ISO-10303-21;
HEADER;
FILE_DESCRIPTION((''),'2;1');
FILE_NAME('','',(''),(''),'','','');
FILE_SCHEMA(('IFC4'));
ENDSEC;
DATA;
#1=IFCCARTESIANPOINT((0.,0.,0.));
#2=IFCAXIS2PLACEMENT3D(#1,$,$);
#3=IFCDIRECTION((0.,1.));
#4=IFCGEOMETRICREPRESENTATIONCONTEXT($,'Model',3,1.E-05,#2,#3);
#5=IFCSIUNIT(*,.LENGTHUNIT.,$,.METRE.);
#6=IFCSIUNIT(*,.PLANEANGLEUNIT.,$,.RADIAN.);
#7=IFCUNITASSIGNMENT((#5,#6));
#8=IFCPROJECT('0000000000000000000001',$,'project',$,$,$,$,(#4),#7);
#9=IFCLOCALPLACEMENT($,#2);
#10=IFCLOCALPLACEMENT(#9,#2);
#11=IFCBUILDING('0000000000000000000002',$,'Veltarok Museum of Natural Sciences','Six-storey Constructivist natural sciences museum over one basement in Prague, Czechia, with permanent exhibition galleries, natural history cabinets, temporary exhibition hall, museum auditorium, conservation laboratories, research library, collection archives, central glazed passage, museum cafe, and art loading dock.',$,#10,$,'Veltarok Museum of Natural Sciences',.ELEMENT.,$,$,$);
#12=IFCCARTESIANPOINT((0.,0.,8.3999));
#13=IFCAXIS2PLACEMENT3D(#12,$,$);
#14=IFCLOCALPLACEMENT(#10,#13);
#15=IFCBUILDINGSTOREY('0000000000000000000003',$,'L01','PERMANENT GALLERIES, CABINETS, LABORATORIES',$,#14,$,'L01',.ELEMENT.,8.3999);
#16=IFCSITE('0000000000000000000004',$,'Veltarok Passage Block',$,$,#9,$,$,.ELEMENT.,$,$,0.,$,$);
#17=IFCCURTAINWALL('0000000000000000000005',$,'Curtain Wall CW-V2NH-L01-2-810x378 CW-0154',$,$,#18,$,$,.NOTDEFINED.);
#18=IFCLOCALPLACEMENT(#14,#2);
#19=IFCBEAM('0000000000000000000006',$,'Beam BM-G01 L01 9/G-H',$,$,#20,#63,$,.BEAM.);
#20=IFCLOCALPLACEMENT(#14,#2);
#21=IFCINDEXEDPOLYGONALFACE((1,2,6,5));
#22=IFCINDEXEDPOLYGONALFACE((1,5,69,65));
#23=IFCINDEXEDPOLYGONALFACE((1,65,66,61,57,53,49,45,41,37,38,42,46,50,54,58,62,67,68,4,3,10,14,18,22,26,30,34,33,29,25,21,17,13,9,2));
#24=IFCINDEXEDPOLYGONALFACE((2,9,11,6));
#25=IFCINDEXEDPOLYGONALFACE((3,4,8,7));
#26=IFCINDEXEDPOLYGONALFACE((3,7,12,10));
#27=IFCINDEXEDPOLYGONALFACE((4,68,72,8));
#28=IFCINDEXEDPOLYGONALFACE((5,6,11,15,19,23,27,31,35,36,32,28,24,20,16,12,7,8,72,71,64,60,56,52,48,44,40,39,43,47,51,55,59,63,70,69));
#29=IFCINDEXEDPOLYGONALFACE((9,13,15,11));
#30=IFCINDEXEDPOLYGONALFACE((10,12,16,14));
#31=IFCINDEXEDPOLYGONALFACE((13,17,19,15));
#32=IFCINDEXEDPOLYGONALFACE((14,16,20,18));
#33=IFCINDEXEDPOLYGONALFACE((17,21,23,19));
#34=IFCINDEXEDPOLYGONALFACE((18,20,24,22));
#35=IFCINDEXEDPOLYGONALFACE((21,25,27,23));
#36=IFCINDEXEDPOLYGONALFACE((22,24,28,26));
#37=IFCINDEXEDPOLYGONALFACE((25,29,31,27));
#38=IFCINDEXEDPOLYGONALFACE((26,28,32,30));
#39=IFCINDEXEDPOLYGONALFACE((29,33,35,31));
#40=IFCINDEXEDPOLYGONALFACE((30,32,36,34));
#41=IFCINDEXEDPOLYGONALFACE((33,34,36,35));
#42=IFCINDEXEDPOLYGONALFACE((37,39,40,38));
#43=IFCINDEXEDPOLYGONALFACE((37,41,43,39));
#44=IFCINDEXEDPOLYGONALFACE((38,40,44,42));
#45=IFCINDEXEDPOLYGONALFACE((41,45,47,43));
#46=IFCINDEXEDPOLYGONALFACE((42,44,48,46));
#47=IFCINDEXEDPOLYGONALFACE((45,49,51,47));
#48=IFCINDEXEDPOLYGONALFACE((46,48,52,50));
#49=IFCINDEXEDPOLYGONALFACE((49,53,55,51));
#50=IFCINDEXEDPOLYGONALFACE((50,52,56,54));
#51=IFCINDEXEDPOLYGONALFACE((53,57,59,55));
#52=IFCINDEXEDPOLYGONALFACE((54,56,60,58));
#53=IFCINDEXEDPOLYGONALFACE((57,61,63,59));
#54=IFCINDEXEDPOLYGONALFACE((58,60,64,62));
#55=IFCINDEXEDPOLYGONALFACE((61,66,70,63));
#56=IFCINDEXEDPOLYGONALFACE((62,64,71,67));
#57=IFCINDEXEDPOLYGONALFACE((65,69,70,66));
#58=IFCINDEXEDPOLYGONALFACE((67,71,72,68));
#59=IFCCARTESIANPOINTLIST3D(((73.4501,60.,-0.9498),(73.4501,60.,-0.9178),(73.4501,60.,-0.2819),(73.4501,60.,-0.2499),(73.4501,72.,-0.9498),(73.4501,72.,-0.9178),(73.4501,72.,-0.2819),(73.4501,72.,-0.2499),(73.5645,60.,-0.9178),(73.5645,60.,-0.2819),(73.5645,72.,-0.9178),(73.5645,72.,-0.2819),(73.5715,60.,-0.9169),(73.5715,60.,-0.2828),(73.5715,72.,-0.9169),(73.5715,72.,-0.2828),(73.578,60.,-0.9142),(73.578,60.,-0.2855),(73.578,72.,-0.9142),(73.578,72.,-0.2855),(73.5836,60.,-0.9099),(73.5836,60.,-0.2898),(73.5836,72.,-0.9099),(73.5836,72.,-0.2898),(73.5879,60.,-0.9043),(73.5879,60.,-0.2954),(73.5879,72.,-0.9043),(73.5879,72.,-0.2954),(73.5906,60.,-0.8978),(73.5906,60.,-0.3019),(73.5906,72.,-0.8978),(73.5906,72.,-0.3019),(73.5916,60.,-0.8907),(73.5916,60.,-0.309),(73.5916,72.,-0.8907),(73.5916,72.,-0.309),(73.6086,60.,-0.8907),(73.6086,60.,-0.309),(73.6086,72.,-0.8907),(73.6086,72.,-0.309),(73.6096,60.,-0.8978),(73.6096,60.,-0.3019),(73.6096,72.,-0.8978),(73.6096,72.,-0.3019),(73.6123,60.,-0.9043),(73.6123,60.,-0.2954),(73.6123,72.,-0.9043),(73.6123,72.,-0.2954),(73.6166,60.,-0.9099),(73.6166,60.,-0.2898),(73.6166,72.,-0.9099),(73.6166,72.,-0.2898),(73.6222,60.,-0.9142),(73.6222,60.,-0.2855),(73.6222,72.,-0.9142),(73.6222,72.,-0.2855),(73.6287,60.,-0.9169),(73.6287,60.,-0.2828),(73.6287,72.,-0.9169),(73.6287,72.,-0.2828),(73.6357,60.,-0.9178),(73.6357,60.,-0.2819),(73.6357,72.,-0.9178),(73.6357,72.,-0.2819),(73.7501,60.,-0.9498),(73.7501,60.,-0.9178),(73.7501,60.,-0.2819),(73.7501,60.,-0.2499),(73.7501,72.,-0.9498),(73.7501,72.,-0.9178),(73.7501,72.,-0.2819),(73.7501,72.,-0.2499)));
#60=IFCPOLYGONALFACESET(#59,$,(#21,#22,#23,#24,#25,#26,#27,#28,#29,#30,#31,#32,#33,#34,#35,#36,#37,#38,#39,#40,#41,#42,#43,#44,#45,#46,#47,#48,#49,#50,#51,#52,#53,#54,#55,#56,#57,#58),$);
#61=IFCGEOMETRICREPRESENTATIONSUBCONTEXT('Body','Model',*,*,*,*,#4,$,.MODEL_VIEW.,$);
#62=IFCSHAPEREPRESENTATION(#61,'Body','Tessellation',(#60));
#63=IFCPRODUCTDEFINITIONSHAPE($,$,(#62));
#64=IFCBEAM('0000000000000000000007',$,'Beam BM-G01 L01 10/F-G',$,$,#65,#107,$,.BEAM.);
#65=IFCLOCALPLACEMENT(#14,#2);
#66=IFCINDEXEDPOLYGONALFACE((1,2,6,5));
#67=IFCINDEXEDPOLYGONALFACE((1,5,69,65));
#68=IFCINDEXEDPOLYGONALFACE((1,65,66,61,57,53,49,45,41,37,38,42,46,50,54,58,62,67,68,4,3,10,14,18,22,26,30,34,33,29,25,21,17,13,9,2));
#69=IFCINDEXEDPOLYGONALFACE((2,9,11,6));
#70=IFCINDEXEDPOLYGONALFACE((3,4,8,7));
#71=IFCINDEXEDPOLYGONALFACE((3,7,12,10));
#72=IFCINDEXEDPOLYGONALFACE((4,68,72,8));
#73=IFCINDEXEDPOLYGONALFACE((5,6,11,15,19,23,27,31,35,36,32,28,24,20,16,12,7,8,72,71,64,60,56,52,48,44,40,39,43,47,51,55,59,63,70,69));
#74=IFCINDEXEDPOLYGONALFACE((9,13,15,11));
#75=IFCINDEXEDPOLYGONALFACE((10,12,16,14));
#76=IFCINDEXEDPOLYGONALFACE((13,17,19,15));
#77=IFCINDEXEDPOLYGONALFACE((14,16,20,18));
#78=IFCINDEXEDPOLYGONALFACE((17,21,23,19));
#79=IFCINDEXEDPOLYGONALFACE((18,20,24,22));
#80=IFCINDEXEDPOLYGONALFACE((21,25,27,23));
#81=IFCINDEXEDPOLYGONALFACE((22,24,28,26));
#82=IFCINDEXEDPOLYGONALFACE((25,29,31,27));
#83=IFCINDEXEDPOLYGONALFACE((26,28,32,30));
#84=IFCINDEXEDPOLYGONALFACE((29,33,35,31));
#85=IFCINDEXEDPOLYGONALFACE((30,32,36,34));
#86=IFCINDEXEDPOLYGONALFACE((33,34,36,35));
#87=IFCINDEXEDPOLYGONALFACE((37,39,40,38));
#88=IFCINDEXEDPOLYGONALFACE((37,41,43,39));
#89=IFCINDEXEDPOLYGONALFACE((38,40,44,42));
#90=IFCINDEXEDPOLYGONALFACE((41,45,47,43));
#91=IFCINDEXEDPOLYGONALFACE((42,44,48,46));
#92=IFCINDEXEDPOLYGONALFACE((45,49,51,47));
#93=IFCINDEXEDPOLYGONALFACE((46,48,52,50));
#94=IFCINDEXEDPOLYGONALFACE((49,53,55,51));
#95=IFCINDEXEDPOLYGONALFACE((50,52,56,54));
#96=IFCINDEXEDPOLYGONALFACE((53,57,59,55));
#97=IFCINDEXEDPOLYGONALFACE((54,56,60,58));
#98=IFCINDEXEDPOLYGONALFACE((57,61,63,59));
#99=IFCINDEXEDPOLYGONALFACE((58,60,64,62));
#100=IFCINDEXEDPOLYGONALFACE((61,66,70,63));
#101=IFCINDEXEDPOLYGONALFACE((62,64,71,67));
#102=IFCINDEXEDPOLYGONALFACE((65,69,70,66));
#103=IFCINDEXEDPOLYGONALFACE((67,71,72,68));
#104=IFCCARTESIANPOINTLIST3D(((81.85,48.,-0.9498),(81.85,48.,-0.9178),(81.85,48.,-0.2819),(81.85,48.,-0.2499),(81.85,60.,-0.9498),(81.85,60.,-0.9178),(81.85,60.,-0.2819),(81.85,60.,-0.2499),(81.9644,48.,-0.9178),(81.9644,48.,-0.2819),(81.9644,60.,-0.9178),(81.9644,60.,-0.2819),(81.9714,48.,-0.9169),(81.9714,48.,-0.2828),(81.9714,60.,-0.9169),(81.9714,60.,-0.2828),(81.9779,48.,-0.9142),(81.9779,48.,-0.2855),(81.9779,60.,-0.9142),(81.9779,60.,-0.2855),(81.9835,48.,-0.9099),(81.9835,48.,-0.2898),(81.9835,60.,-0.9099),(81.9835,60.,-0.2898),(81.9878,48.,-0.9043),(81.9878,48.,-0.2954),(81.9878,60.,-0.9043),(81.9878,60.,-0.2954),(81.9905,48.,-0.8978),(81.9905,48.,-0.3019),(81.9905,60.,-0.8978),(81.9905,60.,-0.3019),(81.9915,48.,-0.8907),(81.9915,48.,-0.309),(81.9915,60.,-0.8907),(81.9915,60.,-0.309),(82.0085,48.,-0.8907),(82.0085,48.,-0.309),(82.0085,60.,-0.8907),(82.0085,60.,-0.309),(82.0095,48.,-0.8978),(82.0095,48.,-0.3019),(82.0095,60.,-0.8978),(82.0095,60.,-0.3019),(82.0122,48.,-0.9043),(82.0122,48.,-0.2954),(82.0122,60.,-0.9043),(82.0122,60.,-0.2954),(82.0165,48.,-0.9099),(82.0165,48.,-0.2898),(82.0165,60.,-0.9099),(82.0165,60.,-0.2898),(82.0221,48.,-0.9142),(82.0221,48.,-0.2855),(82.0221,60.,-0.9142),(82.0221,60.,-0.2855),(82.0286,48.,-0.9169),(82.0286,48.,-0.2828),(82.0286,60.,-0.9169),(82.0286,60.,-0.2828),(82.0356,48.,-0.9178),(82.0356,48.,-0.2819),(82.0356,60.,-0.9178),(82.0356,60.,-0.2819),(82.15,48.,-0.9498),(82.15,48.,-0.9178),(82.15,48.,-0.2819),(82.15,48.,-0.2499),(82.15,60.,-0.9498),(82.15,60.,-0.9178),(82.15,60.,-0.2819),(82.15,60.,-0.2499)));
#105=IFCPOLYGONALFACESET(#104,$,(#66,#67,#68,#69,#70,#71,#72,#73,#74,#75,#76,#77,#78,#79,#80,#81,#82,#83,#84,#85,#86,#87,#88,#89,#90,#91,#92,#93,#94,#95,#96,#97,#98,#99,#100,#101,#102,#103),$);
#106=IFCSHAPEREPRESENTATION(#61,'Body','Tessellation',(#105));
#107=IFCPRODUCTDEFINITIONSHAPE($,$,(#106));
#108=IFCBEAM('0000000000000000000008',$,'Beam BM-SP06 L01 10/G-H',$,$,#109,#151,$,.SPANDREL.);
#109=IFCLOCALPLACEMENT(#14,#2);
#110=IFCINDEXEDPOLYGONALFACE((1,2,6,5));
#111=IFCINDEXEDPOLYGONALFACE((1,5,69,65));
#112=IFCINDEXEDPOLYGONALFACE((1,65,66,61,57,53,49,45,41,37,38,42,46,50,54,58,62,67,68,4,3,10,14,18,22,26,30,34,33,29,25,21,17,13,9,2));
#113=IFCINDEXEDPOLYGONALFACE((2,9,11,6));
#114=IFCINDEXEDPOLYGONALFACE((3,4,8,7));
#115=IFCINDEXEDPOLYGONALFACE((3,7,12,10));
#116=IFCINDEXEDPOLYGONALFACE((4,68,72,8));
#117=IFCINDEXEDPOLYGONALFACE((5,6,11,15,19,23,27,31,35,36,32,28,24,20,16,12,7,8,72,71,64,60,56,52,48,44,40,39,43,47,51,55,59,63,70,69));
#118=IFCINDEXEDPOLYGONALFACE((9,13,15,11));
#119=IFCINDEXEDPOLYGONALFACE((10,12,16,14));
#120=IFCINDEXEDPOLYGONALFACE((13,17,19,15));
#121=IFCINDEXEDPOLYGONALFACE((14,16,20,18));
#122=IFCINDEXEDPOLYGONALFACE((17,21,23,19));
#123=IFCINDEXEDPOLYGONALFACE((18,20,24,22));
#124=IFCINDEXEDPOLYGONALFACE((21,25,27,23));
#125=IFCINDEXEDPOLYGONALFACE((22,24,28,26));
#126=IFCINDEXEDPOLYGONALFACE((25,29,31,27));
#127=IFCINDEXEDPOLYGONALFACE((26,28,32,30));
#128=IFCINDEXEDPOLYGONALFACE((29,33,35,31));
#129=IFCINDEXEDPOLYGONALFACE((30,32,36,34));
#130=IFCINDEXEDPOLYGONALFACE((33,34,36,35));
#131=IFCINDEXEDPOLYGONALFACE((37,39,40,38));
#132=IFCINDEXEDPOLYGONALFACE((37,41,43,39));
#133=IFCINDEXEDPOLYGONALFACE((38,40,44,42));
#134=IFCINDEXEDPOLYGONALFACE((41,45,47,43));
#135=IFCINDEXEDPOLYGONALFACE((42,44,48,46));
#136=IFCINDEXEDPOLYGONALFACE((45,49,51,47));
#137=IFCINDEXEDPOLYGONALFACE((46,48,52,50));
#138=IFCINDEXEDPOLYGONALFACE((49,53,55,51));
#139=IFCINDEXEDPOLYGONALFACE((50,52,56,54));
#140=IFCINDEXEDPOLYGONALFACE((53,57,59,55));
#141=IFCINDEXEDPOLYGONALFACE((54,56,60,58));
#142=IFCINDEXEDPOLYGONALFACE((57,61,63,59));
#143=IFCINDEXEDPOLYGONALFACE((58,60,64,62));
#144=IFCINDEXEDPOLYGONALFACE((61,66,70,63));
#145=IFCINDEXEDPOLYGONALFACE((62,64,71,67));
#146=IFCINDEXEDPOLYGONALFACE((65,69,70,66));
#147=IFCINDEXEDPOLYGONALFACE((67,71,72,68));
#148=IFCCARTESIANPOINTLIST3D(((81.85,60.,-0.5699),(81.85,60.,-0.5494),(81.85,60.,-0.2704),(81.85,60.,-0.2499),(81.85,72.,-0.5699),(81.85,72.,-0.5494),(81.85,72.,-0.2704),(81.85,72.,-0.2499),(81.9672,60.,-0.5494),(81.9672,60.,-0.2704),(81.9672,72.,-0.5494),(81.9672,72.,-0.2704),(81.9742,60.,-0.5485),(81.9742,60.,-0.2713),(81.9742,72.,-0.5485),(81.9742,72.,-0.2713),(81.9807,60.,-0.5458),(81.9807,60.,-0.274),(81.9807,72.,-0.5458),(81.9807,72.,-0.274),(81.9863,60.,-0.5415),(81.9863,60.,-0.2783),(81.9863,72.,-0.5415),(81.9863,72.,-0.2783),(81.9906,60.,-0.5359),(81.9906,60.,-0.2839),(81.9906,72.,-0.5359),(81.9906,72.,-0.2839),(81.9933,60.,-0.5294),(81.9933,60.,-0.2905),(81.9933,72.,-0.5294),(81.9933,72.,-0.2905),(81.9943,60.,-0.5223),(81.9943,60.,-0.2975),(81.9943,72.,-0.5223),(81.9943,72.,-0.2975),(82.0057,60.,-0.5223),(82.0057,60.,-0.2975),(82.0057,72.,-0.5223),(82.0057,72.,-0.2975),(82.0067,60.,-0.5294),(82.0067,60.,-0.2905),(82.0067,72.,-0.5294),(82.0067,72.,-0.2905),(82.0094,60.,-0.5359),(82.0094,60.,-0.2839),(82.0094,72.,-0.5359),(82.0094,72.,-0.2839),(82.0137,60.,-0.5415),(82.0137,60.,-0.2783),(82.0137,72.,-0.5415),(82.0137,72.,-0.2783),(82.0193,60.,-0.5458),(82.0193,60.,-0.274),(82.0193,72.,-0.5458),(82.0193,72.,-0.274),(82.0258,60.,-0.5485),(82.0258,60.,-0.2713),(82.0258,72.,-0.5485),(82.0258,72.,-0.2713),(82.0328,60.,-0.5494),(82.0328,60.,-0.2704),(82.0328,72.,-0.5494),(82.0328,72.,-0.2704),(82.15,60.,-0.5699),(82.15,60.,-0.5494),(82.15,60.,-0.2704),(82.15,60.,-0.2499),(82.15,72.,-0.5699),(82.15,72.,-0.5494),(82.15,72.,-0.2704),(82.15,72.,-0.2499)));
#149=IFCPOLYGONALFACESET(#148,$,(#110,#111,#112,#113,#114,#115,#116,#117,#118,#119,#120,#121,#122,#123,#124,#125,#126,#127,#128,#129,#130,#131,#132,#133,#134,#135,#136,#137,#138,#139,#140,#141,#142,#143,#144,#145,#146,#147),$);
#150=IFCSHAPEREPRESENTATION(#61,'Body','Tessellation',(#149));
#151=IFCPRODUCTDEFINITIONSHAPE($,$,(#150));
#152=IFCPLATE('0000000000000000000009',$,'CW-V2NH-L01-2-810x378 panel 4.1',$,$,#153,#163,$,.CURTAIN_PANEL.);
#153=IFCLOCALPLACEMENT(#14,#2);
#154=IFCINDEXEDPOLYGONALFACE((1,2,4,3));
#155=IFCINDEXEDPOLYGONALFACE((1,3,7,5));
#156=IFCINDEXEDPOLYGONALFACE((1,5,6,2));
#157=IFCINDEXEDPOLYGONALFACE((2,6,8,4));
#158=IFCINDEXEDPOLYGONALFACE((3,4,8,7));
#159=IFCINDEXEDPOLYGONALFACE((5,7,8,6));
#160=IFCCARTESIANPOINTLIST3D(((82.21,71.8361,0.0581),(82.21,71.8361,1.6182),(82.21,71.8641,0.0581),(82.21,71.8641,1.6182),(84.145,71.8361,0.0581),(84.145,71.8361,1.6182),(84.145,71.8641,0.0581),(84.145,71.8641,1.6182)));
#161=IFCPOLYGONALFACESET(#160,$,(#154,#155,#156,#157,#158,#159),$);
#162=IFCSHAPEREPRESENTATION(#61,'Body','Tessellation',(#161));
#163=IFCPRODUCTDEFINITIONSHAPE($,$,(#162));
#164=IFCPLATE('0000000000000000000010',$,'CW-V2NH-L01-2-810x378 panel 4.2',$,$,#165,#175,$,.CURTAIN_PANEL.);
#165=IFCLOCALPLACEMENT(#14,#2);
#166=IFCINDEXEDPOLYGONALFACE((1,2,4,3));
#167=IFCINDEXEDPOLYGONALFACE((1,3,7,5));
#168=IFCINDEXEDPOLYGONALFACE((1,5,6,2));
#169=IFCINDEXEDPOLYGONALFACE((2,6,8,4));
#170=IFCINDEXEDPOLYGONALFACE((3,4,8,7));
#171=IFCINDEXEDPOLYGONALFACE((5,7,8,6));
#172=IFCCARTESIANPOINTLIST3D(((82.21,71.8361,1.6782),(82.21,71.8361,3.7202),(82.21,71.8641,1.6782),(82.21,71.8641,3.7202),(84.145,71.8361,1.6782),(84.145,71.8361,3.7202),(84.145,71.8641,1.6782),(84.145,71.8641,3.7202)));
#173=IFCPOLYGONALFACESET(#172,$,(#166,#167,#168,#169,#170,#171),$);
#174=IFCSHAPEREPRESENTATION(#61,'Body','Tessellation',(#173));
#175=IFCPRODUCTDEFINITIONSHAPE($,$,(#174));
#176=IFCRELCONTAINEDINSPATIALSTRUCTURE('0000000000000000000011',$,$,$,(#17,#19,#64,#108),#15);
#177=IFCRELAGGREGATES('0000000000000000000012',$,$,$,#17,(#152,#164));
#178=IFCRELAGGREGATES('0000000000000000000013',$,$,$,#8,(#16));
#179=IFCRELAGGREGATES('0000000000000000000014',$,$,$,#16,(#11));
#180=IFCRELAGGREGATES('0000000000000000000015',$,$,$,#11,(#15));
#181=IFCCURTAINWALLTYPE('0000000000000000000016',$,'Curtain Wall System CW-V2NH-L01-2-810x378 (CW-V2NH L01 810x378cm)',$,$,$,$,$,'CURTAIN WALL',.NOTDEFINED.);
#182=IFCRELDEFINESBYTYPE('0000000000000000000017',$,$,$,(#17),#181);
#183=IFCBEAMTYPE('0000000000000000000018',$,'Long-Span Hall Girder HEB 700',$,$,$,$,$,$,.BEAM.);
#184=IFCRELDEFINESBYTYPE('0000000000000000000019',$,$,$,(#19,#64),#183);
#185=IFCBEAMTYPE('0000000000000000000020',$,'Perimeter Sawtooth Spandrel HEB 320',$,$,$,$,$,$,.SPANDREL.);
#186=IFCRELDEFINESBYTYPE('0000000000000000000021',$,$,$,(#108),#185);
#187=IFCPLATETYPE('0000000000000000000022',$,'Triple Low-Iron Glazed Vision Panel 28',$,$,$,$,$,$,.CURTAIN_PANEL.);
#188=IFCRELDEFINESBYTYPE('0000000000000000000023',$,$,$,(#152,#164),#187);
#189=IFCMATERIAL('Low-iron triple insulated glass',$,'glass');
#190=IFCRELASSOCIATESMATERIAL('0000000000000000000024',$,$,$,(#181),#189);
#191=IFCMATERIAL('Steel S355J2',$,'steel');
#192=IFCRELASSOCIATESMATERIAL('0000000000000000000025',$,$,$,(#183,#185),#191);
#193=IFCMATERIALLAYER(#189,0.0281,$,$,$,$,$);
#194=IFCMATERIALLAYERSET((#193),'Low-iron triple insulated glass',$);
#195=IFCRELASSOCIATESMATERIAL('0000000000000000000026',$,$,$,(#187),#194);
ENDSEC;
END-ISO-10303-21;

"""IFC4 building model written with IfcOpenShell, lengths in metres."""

from ifc_helpers import new_model, si_unit, direction, frame, origin, origin_2d, place, context, subcontext, project, spatial, rectangle, i_section, extrude, material, layer, layer_set, material_profile, profile_set, type_object, element, aggregate, save


model = new_model("IFC4")

# Units and contexts
model_context = context("Model", 3, precision=1e-05, world=origin(), true_north=direction((0.0, 1.0)))
body_context = subcontext(model_context, "Body", "Model", "MODEL_VIEW")
ifc_project = project(units=[si_unit("LENGTHUNIT", "METRE"), si_unit("PLANEANGLEUNIT", "RADIAN")], contexts=[model_context])

# Site, building, storey
site_placement = place(None, origin())
site = spatial("IfcSite", under=ifc_project, at=site_placement, Name="Veltarok Passage Block", CompositionType="ELEMENT", RefElevation=0.0)
building_placement = place(site_placement, origin())
building = spatial("IfcBuilding", under=site, at=building_placement, Name="Veltarok Museum of Natural Sciences", Description="Six-storey Constructivist natural sciences museum over one basement in Prague, Czechia, with permanent exhibition galleries, natural history cabinets, temporary exhibition hall, museum auditorium, conservation laboratories, research library, collection archives, central glazed passage, museum cafe, and art loading dock.", LongName="Veltarok Museum of Natural Sciences", CompositionType="ELEMENT")
storey_placement = place(building_placement, frame((0.0, 0.0, 8.3999)))
storey = spatial("IfcBuildingStorey", under=building, at=storey_placement, Name="L01", Description="PERMANENT GALLERIES, CABINETS, LABORATORIES", LongName="L01", CompositionType="ELEMENT", Elevation=8.3999)

# Shared definitions
ifc_material_1 = material(Name="Steel S355J2", Category="steel")

# Curtain wall
ifc_material_2 = material(Name="Low-iron triple insulated glass", Category="glass")
curtain_wall_type = type_object("IfcCurtainWallType", Name="Curtain Wall System CW-V2NH-L01-2-810x378 (CW-V2NH L01 810x378cm)", ElementType="CURTAIN WALL", PredefinedType="NOTDEFINED", material=ifc_material_2)
curtain_wall_placement = place(storey_placement, origin())
curtain_wall = element("IfcCurtainWall", 1, at=curtain_wall_placement, inside=storey, type_object=curtain_wall_type, Name="Curtain Wall CW-V2NH-L01-2-810x378 CW-0154", PredefinedType="NOTDEFINED")

# Beams
ifc_material_profile_1 = material_profile(ifc_material_1, i_section(OverallWidth=0.3, OverallDepth=0.7, WebThickness=0.0171, FlangeThickness=0.032, FilletRadius=0.0271, at=origin_2d()), Name="HEB 700")
ifc_profile_set_1 = profile_set([ifc_material_profile_1], Name="Steel S355J2")
beam_type_1 = type_object("IfcBeamType", Name="Long-Span Hall Girder HEB 700", PredefinedType="BEAM", material=ifc_profile_set_1)
for number, where, z_axis, x_axis, name in (
    (2, (73.6001, 60.0, -0.5999), (0.0, 1.0, 0.0), (-1.0, 0.0, 0.0), "Beam BM-G01 L01 9/G-H"),
    (3, (82.0, 48.0, -0.5999), (0.0, 1.0, 0.0), (-1.0, 0.0, 0.0), "Beam BM-G01 L01 10/F-G"),
):
    element("IfcBeam", number, at=place(storey_placement, frame(where, z_axis=z_axis, x_axis=x_axis)), inside=storey, type_object=beam_type_1, Name=name, PredefinedType="BEAM", context=body_context, shape_type="SweptSolid", body=[
        extrude(i_section(OverallWidth=0.3, OverallDepth=0.7, WebThickness=0.0171, FlangeThickness=0.032, FilletRadius=0.0271, at=origin_2d()), origin(), (0.0, 0.0, 1.0), 12.0),
    ])
ifc_material_profile_2 = material_profile(ifc_material_1, i_section(OverallWidth=0.3, OverallDepth=0.3201, WebThickness=0.0115, FlangeThickness=0.0205, FilletRadius=0.0271, at=origin_2d()), Name="HEB 320")
ifc_profile_set_2 = profile_set([ifc_material_profile_2], Name="Steel S355J2")
beam_type_2 = type_object("IfcBeamType", Name="Perimeter Sawtooth Spandrel HEB 320", PredefinedType="SPANDREL", material=ifc_profile_set_2)
beam_1_placement = place(storey_placement, frame((82.0, 60.0, -0.4099), z_axis=(0.0, 1.0, 0.0), x_axis=(-1.0, 0.0, 0.0)))
element("IfcBeam", 4, at=beam_1_placement, inside=storey, type_object=beam_type_2, Name="Beam BM-SP06 L01 10/G-H", PredefinedType="SPANDREL", context=body_context, shape_type="SweptSolid", body=[
    extrude(i_section(OverallWidth=0.3, OverallDepth=0.3201, WebThickness=0.0115, FlangeThickness=0.0205, FilletRadius=0.0271, at=origin_2d()), origin(), (0.0, 0.0, 1.0), 12.0),
])

# Plates
ifc_layer_1 = layer(ifc_material_2, 0.0281)
ifc_layer_set_1 = layer_set([ifc_layer_1], Name="Low-iron triple insulated glass")
plate_type = type_object("IfcPlateType", Name="Triple Low-Iron Glazed Vision Panel 28", PredefinedType="CURTAIN_PANEL", material=ifc_layer_set_1)
plate_1_placement = place(storey_placement, frame((83.1775, 71.8501, 0.0581), z_axis=(0.0, 0.0, 1.0), x_axis=(-1.0, 0.0, 0.0)))
plate_1 = element("IfcPlate", 5, at=plate_1_placement, type_object=plate_type, Name="CW-V2NH-L01-2-810x378 panel 4.1", PredefinedType="CURTAIN_PANEL", context=body_context, shape_type="SweptSolid", body=[
    extrude(rectangle(XDim=1.9351, YDim=0.0281, at=origin_2d()), origin(), (0.0, 0.0, 1.0), 1.5601),
])
plate_2_placement = place(storey_placement, frame((83.1775, 71.8501, 1.6782), z_axis=(0.0, 0.0, 1.0), x_axis=(-1.0, 0.0, 0.0)))
plate_2 = element("IfcPlate", 6, at=plate_2_placement, type_object=plate_type, Name="CW-V2NH-L01-2-810x378 panel 4.2", PredefinedType="CURTAIN_PANEL", context=body_context, shape_type="SweptSolid", body=[
    extrude(rectangle(XDim=1.9351, YDim=0.0281, at=origin_2d()), origin(), (0.0, 0.0, 1.0), 2.042),
])
aggregate(curtain_wall, [plate_1, plate_2])

save(model, "model.ifc")
